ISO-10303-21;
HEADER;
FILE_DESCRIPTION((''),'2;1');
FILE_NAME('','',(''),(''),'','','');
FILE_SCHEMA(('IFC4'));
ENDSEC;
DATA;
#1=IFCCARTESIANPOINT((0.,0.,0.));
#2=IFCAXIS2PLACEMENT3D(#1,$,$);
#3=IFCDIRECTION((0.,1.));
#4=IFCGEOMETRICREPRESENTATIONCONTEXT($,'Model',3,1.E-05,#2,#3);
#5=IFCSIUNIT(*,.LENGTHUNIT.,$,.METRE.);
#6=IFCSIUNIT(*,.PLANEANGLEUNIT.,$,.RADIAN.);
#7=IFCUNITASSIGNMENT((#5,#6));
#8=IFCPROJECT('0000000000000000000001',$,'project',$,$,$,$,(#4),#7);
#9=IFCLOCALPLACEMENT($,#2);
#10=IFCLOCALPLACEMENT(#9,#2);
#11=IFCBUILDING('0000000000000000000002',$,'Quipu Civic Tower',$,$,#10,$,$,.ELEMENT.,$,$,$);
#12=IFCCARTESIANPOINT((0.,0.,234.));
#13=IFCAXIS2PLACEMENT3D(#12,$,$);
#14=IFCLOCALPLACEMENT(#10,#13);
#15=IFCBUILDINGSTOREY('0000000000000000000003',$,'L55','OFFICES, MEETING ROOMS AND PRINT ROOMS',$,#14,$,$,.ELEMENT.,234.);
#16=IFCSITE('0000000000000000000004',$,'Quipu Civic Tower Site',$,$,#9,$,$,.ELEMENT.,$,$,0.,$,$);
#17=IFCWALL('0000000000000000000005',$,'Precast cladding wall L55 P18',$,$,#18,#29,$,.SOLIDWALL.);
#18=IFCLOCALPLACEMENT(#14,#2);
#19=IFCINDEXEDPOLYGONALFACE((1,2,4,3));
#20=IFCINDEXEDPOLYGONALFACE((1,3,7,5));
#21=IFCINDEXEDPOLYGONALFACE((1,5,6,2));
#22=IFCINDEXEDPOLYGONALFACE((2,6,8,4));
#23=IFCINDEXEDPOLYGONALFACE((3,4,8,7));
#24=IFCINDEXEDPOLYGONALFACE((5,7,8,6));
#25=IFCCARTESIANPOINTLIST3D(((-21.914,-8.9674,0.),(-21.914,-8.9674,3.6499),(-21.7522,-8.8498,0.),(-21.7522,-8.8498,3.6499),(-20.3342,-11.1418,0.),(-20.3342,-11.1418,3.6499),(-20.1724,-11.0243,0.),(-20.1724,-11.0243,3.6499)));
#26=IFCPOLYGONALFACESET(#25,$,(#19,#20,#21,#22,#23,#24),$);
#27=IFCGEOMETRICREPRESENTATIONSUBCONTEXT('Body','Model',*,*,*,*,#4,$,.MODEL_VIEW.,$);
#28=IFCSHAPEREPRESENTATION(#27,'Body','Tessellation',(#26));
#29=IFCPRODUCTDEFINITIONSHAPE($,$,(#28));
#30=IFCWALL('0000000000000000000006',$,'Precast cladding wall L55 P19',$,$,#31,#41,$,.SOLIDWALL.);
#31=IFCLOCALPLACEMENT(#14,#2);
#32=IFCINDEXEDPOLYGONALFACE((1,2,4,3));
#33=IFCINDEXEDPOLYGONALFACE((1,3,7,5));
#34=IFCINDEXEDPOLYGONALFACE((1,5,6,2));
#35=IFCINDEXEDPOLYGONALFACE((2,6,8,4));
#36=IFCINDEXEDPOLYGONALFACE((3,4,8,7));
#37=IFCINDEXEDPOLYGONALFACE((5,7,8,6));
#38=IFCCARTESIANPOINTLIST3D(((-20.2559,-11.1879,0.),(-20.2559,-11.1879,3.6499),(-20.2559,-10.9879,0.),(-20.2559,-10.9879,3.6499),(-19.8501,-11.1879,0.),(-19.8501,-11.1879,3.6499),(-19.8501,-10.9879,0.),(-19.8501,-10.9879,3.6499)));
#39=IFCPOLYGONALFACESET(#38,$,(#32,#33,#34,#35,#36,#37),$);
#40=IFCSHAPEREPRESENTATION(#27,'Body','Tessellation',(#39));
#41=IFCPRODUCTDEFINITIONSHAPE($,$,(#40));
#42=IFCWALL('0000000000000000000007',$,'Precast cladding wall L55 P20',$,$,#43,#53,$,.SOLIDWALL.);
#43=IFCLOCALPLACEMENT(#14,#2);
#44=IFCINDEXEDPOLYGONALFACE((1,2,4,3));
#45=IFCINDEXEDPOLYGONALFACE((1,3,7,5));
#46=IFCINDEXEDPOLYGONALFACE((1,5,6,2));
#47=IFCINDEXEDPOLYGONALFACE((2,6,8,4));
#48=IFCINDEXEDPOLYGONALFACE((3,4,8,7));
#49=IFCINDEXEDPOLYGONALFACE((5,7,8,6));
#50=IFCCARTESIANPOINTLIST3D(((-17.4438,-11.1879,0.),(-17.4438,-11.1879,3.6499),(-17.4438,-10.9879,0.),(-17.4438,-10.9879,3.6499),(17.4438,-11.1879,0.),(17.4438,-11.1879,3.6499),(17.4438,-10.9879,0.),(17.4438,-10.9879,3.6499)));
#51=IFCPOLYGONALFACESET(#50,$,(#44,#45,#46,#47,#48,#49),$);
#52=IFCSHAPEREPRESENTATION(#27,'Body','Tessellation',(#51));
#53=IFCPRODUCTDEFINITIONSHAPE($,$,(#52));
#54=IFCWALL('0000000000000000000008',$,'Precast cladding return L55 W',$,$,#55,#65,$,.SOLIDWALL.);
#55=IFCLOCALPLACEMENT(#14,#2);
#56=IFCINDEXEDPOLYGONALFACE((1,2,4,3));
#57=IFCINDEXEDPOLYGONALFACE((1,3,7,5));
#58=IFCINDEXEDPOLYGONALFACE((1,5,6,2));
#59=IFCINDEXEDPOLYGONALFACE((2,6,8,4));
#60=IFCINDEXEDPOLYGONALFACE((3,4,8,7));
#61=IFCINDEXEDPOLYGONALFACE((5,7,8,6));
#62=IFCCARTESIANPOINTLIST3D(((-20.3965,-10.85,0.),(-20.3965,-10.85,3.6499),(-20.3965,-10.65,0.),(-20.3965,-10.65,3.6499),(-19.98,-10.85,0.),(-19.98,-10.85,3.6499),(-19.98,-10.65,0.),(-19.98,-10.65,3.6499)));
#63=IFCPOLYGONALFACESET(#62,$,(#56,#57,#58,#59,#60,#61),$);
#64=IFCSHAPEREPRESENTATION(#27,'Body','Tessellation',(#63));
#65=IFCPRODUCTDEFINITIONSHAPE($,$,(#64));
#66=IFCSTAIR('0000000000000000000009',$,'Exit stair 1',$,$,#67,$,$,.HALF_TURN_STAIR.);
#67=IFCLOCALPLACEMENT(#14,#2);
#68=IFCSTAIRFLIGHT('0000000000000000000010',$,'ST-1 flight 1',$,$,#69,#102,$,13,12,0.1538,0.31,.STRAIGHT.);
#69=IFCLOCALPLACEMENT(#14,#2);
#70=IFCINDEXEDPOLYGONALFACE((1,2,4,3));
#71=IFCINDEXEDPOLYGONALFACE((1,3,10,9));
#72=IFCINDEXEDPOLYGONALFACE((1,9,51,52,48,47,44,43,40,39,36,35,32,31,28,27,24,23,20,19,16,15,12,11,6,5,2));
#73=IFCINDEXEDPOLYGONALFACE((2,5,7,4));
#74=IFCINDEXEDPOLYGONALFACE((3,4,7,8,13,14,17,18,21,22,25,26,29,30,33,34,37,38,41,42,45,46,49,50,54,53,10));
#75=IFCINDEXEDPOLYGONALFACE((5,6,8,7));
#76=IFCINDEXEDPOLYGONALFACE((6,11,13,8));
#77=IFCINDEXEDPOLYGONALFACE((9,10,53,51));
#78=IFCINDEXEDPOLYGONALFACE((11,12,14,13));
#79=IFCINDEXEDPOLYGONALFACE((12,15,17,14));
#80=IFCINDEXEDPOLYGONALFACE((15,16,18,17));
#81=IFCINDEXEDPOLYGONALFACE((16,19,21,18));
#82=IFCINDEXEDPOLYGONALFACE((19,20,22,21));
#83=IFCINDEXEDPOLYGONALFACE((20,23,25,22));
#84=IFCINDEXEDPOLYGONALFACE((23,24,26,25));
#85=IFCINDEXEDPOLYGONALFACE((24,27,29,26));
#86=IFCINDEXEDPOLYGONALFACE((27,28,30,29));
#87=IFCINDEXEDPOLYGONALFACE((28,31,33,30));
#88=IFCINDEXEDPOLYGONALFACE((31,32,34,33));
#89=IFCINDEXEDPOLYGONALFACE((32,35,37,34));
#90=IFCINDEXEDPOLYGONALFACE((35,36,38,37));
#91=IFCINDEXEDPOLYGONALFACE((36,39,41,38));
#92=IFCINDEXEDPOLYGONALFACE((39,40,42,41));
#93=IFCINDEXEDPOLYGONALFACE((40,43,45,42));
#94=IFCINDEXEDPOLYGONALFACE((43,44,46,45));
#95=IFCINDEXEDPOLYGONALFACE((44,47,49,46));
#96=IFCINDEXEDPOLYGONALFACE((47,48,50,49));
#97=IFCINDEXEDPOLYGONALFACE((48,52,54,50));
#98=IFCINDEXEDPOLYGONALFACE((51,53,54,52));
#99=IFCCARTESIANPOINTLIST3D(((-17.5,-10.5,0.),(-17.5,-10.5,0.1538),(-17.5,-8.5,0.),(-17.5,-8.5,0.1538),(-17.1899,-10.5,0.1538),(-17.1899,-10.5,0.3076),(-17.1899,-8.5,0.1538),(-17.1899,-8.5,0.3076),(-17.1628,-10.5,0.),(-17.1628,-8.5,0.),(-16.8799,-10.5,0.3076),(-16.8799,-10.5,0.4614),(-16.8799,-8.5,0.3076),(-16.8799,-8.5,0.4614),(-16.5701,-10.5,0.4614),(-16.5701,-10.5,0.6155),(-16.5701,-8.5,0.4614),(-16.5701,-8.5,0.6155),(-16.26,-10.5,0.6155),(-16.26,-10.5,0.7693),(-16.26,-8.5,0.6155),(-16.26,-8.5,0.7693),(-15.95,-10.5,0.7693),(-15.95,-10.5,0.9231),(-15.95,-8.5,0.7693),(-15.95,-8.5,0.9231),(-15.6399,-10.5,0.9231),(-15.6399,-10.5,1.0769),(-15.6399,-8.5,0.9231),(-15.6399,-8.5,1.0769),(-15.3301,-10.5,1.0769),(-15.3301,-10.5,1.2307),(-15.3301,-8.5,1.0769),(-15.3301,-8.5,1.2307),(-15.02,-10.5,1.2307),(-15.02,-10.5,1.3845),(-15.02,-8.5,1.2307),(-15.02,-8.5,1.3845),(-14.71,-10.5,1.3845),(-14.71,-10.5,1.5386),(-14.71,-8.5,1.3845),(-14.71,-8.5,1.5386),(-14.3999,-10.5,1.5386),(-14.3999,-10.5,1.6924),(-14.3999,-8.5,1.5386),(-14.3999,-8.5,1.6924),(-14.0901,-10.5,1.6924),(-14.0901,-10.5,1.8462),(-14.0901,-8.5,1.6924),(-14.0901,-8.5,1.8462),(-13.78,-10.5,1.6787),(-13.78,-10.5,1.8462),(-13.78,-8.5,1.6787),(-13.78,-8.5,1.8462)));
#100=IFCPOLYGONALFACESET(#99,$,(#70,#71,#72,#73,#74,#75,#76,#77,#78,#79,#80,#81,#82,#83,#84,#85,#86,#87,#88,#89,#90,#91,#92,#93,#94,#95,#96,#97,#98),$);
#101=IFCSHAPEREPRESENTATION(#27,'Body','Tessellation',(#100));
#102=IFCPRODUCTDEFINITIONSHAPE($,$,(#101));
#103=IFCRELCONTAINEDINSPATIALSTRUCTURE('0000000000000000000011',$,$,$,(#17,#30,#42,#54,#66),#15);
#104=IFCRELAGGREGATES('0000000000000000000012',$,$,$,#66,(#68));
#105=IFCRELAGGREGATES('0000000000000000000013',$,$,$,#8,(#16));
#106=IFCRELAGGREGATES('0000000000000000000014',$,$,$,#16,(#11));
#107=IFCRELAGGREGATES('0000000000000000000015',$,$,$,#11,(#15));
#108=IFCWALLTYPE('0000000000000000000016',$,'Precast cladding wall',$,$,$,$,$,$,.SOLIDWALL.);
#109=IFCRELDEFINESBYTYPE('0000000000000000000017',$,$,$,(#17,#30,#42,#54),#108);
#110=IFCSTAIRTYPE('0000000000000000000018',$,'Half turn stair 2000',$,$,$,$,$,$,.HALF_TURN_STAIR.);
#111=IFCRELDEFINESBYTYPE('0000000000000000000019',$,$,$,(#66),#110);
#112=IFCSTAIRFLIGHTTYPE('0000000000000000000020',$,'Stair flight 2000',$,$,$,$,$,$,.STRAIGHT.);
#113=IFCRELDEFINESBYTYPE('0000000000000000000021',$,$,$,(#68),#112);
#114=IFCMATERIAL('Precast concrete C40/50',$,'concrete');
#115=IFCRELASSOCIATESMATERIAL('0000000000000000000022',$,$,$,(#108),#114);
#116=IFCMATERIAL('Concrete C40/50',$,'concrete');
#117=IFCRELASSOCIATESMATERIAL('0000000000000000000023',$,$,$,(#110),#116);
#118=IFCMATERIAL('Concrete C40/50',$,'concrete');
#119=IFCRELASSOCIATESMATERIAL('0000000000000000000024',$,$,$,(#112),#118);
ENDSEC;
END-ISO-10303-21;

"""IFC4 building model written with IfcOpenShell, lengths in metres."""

from ifc_helpers import new_model, si_unit, direction, frame, frame_2d, origin, place, context, subcontext, project, spatial, polyline, rectangle, outline, extrude, material, type_object, element, aggregate, save


model = new_model("IFC4")

# Units and contexts
model_context = context("Model", 3, precision=1e-05, world=origin(), true_north=direction((0.0, 1.0)))
body_context = subcontext(model_context, "Body", "Model", "MODEL_VIEW")
ifc_project = project(units=[si_unit("LENGTHUNIT", "METRE"), si_unit("PLANEANGLEUNIT", "RADIAN")], contexts=[model_context])

# Site, building, storey
site_placement = place(None, origin())
site = spatial("IfcSite", under=ifc_project, at=site_placement, Name="Quipu Civic Tower Site", CompositionType="ELEMENT", RefElevation=0.0)
building_placement = place(site_placement, origin())
building = spatial("IfcBuilding", under=site, at=building_placement, Name="Quipu Civic Tower", CompositionType="ELEMENT")
storey_placement = place(building_placement, frame((0.0, 0.0, 234.0)))
storey = spatial("IfcBuildingStorey", under=building, at=storey_placement, Name="L55", Description="OFFICES, MEETING ROOMS AND PRINT ROOMS", CompositionType="ELEMENT", Elevation=234.0)

# Walls
ifc_material_1 = material(Name="Precast concrete C40/50", Category="concrete")
wall_type_1 = type_object("IfcWallType", Name="Precast cladding wall", PredefinedType="SOLIDWALL", material=ifc_material_1)
wall_1_placement = place(storey_placement, frame((-21.833, -8.9087, 0.0), z_axis=(0.0, 0.0, 1.0), x_axis=(0.587767, -0.809031, 0.0)))
element("IfcWall", 1, at=wall_1_placement, inside=storey, type_object=wall_type_1, Name="Precast cladding wall L55 P18", PredefinedType="SOLIDWALL", context=body_context, shape_type="SweptSolid", body=[
    extrude(rectangle(XDim=2.6877, YDim=0.2, at=frame_2d((1.3438, 0.0))), origin(), (0.0, 0.0, 1.0), 3.6499),
])
wall_2_placement = place(storey_placement, frame((-20.2559, -11.0879, 0.0), z_axis=(0.0, 0.0, 1.0), x_axis=(1.0, 0.0, 0.0)))
element("IfcWall", 2, at=wall_2_placement, inside=storey, type_object=wall_type_1, Name="Precast cladding wall L55 P19", PredefinedType="SOLIDWALL", context=body_context, shape_type="SweptSolid", body=[
    extrude(rectangle(XDim=0.4058, YDim=0.2, at=frame_2d((0.2029, 0.0))), origin(), (0.0, 0.0, 1.0), 3.6499),
])
wall_3_placement = place(storey_placement, frame((-17.4438, -11.0879, 0.0), z_axis=(0.0, 0.0, 1.0), x_axis=(1.0, 0.0, 0.0)))
element("IfcWall", 3, at=wall_3_placement, inside=storey, type_object=wall_type_1, Name="Precast cladding wall L55 P20", PredefinedType="SOLIDWALL", context=body_context, shape_type="SweptSolid", body=[
    extrude(rectangle(XDim=34.8877, YDim=0.2, at=frame_2d((17.4438, 0.0))), origin(), (0.0, 0.0, 1.0), 3.6499),
])
wall_4_placement = place(storey_placement, frame((-19.98, -10.75, 0.0), z_axis=(0.0, 0.0, 1.0), x_axis=(-1.0, 0.0, 0.0)))
element("IfcWall", 4, at=wall_4_placement, inside=storey, type_object=wall_type_1, Name="Precast cladding return L55 W", PredefinedType="SOLIDWALL", context=body_context, shape_type="SweptSolid", body=[
    extrude(rectangle(XDim=0.4165, YDim=0.2, at=frame_2d((0.2083, 0.0))), origin(), (0.0, 0.0, 1.0), 3.6499),
])

# Stair, stair flight
ifc_material_2 = material(Name="Concrete C40/50", Category="concrete")
stair_type = type_object("IfcStairType", Name="Half turn stair 2000", PredefinedType="HALF_TURN_STAIR", material=ifc_material_2)
stair_placement = place(storey_placement, origin())
stair = element("IfcStair", 5, at=stair_placement, inside=storey, type_object=stair_type, Name="Exit stair 1", PredefinedType="HALF_TURN_STAIR")
ifc_material_3 = material(Name="Concrete C40/50", Category="concrete")
stair_flight_type = type_object("IfcStairFlightType", Name="Stair flight 2000", PredefinedType="STRAIGHT", material=ifc_material_3)
stair_flight_placement = place(storey_placement, frame((-17.5, -9.5, 0.0), z_axis=(0.0, 0.0, 1.0), x_axis=(1.0, 0.0, 0.0)))
stair_flight = element("IfcStairFlight", 6, at=stair_flight_placement, type_object=stair_flight_type, Name="ST-1 flight 1", NumberOfRisers=13, NumberOfTreads=12, PredefinedType="STRAIGHT", RiserHeight=0.1538, TreadLength=0.31, context=body_context, shape_type="SweptSolid", body=[
    extrude(outline(polyline([(0.0, 0.0), (0.0, 0.1538), (0.3101, 0.1538), (0.3101, 0.3076), (0.6201, 0.3076), (0.6201, 0.4614), (0.9299, 0.4614), (0.9299, 0.6155), (1.24, 0.6155), (1.24, 0.7693), (1.55, 0.7693), (1.55, 0.9231), (1.8601, 0.9231), (1.8601, 1.0769), (2.1699, 1.0769), (2.1699, 1.2307), (2.48, 1.2307), (2.48, 1.3845), (2.79, 1.3845), (2.79, 1.5386), (3.1001, 1.5386), (3.1001, 1.6924), (3.4099, 1.6924), (3.4099, 1.8462), (3.72, 1.8462), (3.72, 2.0), (3.72, 1.6787), (0.3372, 0.0), (0.0, 0.0)])), frame((0.0, 1.0, 0.0), z_axis=(0.0, -1.0, 0.0), x_axis=(1.0, 0.0, 0.0)), (0.0, 0.0, 1.0), 2.0),
])
aggregate(stair, [stair_flight])

save(model, "model.ifc")
